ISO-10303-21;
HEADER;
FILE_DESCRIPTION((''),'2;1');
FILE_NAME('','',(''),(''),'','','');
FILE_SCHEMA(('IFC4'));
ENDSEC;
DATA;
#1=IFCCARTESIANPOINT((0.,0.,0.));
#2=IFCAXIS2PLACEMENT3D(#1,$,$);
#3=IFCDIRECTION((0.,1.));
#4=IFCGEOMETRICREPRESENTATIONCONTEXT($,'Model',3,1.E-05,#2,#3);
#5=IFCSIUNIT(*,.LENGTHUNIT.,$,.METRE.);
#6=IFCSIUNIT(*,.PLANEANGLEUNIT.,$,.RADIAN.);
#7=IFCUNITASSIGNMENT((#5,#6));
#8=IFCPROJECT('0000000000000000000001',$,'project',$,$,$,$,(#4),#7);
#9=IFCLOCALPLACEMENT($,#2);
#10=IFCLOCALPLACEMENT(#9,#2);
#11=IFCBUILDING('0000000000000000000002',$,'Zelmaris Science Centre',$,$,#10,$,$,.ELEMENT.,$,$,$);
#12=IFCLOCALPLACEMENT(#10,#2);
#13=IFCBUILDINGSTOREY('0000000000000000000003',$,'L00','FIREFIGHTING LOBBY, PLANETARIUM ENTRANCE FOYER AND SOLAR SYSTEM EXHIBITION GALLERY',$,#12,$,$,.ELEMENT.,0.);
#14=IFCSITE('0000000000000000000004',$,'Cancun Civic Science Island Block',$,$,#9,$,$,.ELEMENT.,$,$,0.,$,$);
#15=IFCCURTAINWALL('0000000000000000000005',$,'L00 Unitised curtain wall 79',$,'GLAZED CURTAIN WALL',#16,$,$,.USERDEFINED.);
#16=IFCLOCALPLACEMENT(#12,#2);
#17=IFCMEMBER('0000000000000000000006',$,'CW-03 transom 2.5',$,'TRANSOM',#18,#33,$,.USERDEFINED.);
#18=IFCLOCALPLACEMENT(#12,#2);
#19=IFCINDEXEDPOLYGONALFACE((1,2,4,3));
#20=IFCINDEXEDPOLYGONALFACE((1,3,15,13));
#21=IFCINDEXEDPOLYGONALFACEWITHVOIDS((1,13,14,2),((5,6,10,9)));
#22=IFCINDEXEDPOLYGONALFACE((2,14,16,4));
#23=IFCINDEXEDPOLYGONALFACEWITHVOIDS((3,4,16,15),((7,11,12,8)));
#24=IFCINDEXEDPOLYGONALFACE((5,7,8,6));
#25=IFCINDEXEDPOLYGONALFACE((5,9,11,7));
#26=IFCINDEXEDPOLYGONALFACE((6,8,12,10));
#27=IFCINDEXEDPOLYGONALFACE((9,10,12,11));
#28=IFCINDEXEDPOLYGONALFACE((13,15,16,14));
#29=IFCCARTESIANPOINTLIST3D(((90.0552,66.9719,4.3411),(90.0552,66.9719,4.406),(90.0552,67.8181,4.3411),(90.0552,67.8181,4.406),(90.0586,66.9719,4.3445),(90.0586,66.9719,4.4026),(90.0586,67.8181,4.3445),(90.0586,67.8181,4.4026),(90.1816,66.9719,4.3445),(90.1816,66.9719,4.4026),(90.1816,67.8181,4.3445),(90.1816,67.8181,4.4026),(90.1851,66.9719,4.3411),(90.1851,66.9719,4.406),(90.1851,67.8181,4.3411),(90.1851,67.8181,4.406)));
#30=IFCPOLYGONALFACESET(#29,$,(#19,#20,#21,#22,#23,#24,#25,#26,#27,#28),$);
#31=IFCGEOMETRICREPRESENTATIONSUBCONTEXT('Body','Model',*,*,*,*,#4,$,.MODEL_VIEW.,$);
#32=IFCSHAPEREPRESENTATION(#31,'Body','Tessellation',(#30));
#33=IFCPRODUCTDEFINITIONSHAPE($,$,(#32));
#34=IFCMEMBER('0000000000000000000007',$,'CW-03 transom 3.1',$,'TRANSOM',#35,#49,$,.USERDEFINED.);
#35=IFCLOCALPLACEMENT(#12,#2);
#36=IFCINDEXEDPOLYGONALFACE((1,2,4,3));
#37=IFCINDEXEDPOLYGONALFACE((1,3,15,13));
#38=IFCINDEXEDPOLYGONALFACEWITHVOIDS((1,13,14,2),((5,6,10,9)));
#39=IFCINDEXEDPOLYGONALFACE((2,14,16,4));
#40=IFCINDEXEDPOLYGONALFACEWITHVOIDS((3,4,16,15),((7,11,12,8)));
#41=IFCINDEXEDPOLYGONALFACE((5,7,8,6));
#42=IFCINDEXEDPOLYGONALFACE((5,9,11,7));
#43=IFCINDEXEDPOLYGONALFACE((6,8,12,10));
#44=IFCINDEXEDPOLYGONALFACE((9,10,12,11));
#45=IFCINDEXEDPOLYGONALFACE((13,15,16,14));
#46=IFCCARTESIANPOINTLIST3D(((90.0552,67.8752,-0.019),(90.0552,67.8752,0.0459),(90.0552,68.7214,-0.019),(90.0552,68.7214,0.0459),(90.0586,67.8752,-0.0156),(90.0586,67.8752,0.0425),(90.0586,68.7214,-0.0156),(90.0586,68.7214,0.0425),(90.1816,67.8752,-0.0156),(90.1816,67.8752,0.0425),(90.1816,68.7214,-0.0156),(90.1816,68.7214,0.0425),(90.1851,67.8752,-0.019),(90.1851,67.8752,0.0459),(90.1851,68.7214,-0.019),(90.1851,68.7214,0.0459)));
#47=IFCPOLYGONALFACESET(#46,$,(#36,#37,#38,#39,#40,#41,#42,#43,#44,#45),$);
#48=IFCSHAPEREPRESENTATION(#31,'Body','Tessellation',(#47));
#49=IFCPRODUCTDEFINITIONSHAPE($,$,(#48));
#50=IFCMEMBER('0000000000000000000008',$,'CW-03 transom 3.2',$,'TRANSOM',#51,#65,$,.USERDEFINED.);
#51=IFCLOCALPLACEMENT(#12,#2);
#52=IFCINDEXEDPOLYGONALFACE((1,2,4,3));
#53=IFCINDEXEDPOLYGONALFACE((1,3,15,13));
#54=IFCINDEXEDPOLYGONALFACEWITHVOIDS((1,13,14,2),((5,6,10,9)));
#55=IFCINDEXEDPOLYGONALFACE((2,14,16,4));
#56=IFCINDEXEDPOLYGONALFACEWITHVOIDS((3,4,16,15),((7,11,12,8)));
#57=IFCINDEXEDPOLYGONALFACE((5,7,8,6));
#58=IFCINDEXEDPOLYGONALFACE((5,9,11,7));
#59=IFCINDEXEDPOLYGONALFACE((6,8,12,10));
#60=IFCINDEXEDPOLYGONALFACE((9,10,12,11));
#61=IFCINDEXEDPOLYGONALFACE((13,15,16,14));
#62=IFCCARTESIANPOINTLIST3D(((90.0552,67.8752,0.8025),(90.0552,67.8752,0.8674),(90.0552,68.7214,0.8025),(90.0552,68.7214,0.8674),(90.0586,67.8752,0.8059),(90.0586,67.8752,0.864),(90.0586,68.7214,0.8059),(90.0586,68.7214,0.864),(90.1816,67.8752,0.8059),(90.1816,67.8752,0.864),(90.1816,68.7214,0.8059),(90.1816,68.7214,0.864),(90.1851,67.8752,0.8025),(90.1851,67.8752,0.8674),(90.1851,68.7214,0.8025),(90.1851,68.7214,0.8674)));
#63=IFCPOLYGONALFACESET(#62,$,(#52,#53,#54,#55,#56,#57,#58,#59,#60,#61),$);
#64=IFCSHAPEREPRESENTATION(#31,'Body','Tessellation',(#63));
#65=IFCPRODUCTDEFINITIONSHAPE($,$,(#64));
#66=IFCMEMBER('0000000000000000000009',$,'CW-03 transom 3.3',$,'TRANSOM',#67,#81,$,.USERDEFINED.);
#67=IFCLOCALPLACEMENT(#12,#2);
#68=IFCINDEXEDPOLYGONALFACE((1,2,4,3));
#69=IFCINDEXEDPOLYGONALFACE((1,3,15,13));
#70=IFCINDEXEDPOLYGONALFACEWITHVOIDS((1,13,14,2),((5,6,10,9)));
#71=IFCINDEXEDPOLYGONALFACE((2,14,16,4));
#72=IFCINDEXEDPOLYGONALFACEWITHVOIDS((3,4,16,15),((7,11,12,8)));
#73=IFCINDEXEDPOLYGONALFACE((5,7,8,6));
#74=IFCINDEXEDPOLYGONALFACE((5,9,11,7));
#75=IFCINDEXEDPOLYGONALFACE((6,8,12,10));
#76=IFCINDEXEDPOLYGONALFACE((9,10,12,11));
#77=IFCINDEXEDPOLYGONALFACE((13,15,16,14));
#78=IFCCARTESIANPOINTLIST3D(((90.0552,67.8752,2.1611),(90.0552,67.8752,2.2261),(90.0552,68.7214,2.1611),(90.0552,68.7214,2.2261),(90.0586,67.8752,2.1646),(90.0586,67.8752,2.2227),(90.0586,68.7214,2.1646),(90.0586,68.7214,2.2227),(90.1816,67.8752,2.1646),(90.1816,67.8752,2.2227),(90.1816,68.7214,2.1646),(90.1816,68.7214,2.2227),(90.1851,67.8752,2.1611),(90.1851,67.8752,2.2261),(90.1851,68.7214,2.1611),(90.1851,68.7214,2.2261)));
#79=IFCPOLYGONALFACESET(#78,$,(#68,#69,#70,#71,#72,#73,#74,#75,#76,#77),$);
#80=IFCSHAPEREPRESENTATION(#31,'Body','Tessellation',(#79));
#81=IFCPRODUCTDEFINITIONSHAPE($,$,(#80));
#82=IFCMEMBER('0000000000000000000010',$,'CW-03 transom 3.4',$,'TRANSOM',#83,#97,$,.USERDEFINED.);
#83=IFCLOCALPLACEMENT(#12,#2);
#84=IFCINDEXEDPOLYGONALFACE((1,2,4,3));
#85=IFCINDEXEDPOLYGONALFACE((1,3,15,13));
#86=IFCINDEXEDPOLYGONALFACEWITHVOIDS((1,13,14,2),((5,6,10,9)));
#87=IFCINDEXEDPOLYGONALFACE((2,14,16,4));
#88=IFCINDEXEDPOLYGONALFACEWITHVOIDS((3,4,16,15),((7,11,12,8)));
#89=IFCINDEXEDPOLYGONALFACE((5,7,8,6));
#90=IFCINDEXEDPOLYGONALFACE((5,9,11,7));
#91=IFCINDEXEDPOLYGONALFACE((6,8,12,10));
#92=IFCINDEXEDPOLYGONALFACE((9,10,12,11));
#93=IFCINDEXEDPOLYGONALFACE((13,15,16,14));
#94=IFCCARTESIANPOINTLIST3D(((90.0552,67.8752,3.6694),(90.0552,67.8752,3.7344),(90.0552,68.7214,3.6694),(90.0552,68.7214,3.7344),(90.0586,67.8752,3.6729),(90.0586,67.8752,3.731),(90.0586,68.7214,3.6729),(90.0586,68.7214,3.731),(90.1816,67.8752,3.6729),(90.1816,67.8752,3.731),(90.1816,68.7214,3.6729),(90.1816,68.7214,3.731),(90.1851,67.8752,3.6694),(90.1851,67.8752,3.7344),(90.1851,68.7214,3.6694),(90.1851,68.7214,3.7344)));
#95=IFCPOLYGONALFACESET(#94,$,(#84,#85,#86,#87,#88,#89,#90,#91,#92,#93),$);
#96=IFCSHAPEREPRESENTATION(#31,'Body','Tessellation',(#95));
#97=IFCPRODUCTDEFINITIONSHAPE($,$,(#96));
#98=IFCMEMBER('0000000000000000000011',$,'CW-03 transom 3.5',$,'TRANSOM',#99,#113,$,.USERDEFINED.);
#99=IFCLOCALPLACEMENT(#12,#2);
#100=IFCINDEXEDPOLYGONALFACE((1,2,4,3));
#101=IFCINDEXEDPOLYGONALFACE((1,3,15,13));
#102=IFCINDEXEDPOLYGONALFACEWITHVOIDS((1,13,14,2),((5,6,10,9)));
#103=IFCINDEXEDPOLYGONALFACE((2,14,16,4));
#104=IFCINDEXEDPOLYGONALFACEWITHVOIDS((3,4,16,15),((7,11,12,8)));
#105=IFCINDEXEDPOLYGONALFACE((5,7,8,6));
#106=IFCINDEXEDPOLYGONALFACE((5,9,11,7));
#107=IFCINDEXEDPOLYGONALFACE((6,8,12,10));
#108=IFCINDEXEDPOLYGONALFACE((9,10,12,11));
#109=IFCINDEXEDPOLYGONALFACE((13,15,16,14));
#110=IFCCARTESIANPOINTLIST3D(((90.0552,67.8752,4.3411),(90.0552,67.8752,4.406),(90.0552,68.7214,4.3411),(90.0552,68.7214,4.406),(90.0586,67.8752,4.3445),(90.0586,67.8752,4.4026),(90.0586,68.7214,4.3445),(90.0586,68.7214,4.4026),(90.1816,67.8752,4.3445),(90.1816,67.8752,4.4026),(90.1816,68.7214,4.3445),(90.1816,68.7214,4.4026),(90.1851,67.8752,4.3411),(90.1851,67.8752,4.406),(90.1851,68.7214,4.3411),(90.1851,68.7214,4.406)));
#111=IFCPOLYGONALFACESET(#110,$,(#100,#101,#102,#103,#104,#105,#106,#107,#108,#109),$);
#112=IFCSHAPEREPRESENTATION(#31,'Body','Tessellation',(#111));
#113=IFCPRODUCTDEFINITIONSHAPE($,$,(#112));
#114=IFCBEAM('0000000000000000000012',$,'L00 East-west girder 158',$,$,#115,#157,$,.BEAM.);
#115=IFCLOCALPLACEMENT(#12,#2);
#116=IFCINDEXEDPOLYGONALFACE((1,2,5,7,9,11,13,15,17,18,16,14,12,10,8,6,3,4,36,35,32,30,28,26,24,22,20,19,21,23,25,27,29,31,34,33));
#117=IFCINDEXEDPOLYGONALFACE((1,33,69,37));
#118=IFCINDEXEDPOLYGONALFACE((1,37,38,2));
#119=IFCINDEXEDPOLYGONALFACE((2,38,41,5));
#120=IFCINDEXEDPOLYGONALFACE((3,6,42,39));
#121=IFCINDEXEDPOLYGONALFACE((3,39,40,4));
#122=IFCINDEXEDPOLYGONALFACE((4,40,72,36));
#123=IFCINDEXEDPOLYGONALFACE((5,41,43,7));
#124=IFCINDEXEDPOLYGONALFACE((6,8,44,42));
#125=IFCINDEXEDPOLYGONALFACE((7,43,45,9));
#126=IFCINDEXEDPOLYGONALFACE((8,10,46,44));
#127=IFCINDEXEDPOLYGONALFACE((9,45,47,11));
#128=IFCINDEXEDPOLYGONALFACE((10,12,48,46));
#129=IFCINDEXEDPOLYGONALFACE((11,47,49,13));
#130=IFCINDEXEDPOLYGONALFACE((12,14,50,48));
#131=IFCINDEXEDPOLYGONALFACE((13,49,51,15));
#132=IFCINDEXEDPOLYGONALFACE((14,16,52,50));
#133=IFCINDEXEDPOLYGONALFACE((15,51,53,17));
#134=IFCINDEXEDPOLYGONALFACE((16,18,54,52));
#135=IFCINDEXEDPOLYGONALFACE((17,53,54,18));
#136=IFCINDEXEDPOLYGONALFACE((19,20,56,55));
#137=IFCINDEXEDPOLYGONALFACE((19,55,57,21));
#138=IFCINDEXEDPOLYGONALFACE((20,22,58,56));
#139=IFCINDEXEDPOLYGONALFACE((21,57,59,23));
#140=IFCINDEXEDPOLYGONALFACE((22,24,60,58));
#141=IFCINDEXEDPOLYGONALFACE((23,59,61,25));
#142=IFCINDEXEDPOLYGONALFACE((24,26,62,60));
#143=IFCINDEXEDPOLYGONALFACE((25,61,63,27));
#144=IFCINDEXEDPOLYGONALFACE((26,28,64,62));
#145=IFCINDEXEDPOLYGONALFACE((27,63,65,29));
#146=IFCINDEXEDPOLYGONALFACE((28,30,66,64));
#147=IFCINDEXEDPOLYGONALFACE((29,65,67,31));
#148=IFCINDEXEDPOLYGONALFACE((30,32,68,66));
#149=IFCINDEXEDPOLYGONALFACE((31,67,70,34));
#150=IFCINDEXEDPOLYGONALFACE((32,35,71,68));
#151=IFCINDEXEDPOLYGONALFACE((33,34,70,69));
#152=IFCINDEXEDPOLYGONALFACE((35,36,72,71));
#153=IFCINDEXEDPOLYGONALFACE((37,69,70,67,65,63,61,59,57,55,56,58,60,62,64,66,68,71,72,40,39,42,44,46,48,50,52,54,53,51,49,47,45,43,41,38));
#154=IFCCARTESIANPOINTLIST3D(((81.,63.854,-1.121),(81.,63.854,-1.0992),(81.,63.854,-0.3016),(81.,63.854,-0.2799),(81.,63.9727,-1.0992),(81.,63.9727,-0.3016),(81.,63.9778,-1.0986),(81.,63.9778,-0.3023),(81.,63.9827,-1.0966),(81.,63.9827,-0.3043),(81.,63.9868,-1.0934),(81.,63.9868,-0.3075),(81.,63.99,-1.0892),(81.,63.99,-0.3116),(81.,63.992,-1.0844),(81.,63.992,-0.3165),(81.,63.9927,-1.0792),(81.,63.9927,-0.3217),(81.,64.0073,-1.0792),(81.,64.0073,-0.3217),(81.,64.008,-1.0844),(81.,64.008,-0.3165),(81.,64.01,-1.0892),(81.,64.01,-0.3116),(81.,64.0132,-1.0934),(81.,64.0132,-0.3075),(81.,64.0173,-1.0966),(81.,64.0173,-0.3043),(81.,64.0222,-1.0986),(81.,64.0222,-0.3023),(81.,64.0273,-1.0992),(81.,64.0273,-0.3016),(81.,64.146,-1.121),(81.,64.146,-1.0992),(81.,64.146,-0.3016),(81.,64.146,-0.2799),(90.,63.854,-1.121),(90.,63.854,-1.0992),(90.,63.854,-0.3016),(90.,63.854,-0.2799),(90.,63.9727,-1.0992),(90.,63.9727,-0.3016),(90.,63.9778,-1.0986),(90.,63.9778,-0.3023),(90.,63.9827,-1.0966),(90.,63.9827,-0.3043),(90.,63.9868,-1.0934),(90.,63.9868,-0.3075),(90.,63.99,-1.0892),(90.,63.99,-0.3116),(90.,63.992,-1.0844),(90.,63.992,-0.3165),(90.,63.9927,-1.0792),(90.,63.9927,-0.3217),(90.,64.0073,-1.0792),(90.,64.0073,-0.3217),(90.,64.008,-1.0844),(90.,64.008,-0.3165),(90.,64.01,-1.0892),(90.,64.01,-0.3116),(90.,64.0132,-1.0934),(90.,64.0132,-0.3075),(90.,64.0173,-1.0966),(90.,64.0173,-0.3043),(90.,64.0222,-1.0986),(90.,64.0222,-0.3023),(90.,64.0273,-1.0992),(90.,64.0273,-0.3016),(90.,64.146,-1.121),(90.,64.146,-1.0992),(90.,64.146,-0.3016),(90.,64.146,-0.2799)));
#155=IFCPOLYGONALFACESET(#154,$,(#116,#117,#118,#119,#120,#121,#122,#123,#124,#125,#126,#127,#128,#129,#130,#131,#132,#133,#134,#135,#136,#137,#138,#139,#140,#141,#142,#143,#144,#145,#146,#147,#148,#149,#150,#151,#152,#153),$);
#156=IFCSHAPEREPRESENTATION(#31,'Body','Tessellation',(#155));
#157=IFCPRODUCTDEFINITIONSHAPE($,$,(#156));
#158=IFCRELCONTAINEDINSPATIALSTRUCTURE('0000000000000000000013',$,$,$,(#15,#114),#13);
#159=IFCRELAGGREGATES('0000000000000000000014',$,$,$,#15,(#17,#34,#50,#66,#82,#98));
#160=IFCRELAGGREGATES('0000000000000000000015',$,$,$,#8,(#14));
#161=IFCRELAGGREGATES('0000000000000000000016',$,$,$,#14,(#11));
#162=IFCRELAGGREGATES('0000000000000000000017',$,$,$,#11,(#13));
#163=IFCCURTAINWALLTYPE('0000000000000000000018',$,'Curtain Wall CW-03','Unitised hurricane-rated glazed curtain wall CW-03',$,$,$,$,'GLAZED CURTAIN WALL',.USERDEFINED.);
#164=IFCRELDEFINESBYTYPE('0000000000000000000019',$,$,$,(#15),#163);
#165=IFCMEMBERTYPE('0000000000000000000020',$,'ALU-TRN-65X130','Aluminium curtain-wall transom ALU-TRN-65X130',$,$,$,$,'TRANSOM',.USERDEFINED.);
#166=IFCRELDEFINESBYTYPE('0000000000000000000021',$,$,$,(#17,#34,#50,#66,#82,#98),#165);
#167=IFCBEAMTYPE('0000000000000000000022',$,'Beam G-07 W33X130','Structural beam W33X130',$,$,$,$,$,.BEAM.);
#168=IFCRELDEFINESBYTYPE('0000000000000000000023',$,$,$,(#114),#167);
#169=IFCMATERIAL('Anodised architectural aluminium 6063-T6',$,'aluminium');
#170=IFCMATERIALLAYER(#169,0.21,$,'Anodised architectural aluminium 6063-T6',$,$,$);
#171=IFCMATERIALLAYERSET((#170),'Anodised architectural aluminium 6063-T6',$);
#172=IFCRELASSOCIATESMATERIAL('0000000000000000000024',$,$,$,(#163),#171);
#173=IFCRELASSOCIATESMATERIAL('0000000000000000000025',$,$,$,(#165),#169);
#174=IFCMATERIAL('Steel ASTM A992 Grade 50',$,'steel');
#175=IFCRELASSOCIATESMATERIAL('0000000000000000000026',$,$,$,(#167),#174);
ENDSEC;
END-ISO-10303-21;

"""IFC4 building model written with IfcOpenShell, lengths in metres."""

from ifc_helpers import new_model, si_unit, direction, frame, origin, origin_2d, place, context, subcontext, project, spatial, hollow_rectangle, i_section, extrude, material, layer, layer_set, material_profile, profile_set, type_object, element, aggregate, save


model = new_model("IFC4")

# Units and contexts
model_context = context("Model", 3, precision=1e-05, world=origin(), true_north=direction((0.0, 1.0)))
body_context = subcontext(model_context, "Body", "Model", "MODEL_VIEW")
ifc_project = project(units=[si_unit("LENGTHUNIT", "METRE"), si_unit("PLANEANGLEUNIT", "RADIAN")], contexts=[model_context])

# Site, building, storey
site_placement = place(None, origin())
site = spatial("IfcSite", under=ifc_project, at=site_placement, Name="Cancun Civic Science Island Block", CompositionType="ELEMENT", RefElevation=0.0)
building_placement = place(site_placement, origin())
building = spatial("IfcBuilding", under=site, at=building_placement, Name="Zelmaris Science Centre", CompositionType="ELEMENT")
storey_placement = place(building_placement, origin())
storey = spatial("IfcBuildingStorey", under=building, at=storey_placement, Name="L00", Description="FIREFIGHTING LOBBY, PLANETARIUM ENTRANCE FOYER AND SOLAR SYSTEM EXHIBITION GALLERY", CompositionType="ELEMENT", Elevation=0.0)

# Shared definitions
ifc_material_1 = material(Name="Steel ASTM A992 Grade 50", Category="steel")

# Curtain wall, members
ifc_material_2 = material(Name="Anodised architectural aluminium 6063-T6", Category="aluminium")
ifc_layer_1 = layer(ifc_material_2, 0.21, Name="Anodised architectural aluminium 6063-T6")
ifc_layer_set_1 = layer_set([ifc_layer_1], Name="Anodised architectural aluminium 6063-T6")
curtain_wall_type = type_object("IfcCurtainWallType", Name="Curtain Wall CW-03", Description="Unitised hurricane-rated glazed curtain wall CW-03", ElementType="GLAZED CURTAIN WALL", PredefinedType="USERDEFINED", material=ifc_layer_set_1)
curtain_wall_placement = place(storey_placement, origin())
curtain_wall = element("IfcCurtainWall", 1, at=curtain_wall_placement, inside=storey, type_object=curtain_wall_type, Name="L00 Unitised curtain wall 79", ObjectType="GLAZED CURTAIN WALL", PredefinedType="USERDEFINED")
ifc_material_profile_1 = material_profile(ifc_material_2, hollow_rectangle(XDim=0.0649, YDim=0.1299, WallThickness=0.0034, at=origin_2d()), Name="ALU-TRN-65X130")
ifc_profile_set_1 = profile_set([ifc_material_profile_1], Name="Anodised architectural aluminium 6063-T6")
member_type_1 = type_object("IfcMemberType", Name="ALU-TRN-65X130", Description="Aluminium curtain-wall transom ALU-TRN-65X130", ElementType="TRANSOM", PredefinedType="USERDEFINED", material=ifc_profile_set_1)
member_1_placement = place(storey_placement, frame((90.1201, 66.9719, 4.3735), z_axis=(0.0, 1.0, 0.0), x_axis=(0.0, 0.0, 1.0)))
member_1 = element("IfcMember", 2, at=member_1_placement, type_object=member_type_1, Name="CW-03 transom 2.5", ObjectType="TRANSOM", PredefinedType="USERDEFINED", context=body_context, shape_type="SweptSolid", body=[
    extrude(hollow_rectangle(XDim=0.0649, YDim=0.1299, WallThickness=0.0034, at=origin_2d()), origin(), (0.0, 0.0, 1.0), 0.8462),
])
member_2_placement = place(storey_placement, frame((90.1201, 67.8752, 0.0134), z_axis=(0.0, 1.0, 0.0), x_axis=(0.0, 0.0, 1.0)))
member_2 = element("IfcMember", 3, at=member_2_placement, type_object=member_type_1, Name="CW-03 transom 3.1", ObjectType="TRANSOM", PredefinedType="USERDEFINED", context=body_context, shape_type="SweptSolid", body=[
    extrude(hollow_rectangle(XDim=0.0649, YDim=0.1299, WallThickness=0.0034, at=origin_2d()), origin(), (0.0, 0.0, 1.0), 0.8462),
])
member_3_placement = place(storey_placement, frame((90.1201, 67.8752, 0.835), z_axis=(0.0, 1.0, 0.0), x_axis=(0.0, 0.0, 1.0)))
member_3 = element("IfcMember", 4, at=member_3_placement, type_object=member_type_1, Name="CW-03 transom 3.2", ObjectType="TRANSOM", PredefinedType="USERDEFINED", context=body_context, shape_type="SweptSolid", body=[
    extrude(hollow_rectangle(XDim=0.0649, YDim=0.1299, WallThickness=0.0034, at=origin_2d()), origin(), (0.0, 0.0, 1.0), 0.8462),
])
member_4_placement = place(storey_placement, frame((90.1201, 67.8752, 2.1936), z_axis=(0.0, 1.0, 0.0), x_axis=(0.0, 0.0, 1.0)))
member_4 = element("IfcMember", 5, at=member_4_placement, type_object=member_type_1, Name="CW-03 transom 3.3", ObjectType="TRANSOM", PredefinedType="USERDEFINED", context=body_context, shape_type="SweptSolid", body=[
    extrude(hollow_rectangle(XDim=0.0649, YDim=0.1299, WallThickness=0.0034, at=origin_2d()), origin(), (0.0, 0.0, 1.0), 0.8462),
])
member_5_placement = place(storey_placement, frame((90.1201, 67.8752, 3.7019), z_axis=(0.0, 1.0, 0.0), x_axis=(0.0, 0.0, 1.0)))
member_5 = element("IfcMember", 6, at=member_5_placement, type_object=member_type_1, Name="CW-03 transom 3.4", ObjectType="TRANSOM", PredefinedType="USERDEFINED", context=body_context, shape_type="SweptSolid", body=[
    extrude(hollow_rectangle(XDim=0.0649, YDim=0.1299, WallThickness=0.0034, at=origin_2d()), origin(), (0.0, 0.0, 1.0), 0.8462),
])
member_6_placement = place(storey_placement, frame((90.1201, 67.8752, 4.3735), z_axis=(0.0, 1.0, 0.0), x_axis=(0.0, 0.0, 1.0)))
member_6 = element("IfcMember", 7, at=member_6_placement, type_object=member_type_1, Name="CW-03 transom 3.5", ObjectType="TRANSOM", PredefinedType="USERDEFINED", context=body_context, shape_type="SweptSolid", body=[
    extrude(hollow_rectangle(XDim=0.0649, YDim=0.1299, WallThickness=0.0034, at=origin_2d()), origin(), (0.0, 0.0, 1.0), 0.8462),
])

# Beam
ifc_material_profile_2 = material_profile(ifc_material_1, i_section(OverallWidth=0.292, OverallDepth=0.8411, WebThickness=0.0146, FlangeThickness=0.0217, FilletRadius=0.02, at=origin_2d()), Name="W33X130")
ifc_profile_set_2 = profile_set([ifc_material_profile_2], Name="Steel ASTM A992 Grade 50")
beam_type_1 = type_object("IfcBeamType", Name="Beam G-07 W33X130", Description="Structural beam W33X130", PredefinedType="BEAM", material=ifc_profile_set_2)
beam_1_placement = place(storey_placement, frame((81.0, 64.0, -0.7004), z_axis=(1.0, 0.0, 0.0), x_axis=(0.0, 1.0, 0.0)))
element("IfcBeam", 8, at=beam_1_placement, inside=storey, type_object=beam_type_1, Name="L00 East-west girder 158", PredefinedType="BEAM", context=body_context, shape_type="SweptSolid", body=[
    extrude(i_section(OverallWidth=0.292, OverallDepth=0.8411, WebThickness=0.0146, FlangeThickness=0.0217, FilletRadius=0.02, at=origin_2d()), origin(), (0.0, 0.0, 1.0), 9.0),
])

aggregate(curtain_wall, [member_1, member_2, member_3, member_4, member_5, member_6])

save(model, "model.ifc")
